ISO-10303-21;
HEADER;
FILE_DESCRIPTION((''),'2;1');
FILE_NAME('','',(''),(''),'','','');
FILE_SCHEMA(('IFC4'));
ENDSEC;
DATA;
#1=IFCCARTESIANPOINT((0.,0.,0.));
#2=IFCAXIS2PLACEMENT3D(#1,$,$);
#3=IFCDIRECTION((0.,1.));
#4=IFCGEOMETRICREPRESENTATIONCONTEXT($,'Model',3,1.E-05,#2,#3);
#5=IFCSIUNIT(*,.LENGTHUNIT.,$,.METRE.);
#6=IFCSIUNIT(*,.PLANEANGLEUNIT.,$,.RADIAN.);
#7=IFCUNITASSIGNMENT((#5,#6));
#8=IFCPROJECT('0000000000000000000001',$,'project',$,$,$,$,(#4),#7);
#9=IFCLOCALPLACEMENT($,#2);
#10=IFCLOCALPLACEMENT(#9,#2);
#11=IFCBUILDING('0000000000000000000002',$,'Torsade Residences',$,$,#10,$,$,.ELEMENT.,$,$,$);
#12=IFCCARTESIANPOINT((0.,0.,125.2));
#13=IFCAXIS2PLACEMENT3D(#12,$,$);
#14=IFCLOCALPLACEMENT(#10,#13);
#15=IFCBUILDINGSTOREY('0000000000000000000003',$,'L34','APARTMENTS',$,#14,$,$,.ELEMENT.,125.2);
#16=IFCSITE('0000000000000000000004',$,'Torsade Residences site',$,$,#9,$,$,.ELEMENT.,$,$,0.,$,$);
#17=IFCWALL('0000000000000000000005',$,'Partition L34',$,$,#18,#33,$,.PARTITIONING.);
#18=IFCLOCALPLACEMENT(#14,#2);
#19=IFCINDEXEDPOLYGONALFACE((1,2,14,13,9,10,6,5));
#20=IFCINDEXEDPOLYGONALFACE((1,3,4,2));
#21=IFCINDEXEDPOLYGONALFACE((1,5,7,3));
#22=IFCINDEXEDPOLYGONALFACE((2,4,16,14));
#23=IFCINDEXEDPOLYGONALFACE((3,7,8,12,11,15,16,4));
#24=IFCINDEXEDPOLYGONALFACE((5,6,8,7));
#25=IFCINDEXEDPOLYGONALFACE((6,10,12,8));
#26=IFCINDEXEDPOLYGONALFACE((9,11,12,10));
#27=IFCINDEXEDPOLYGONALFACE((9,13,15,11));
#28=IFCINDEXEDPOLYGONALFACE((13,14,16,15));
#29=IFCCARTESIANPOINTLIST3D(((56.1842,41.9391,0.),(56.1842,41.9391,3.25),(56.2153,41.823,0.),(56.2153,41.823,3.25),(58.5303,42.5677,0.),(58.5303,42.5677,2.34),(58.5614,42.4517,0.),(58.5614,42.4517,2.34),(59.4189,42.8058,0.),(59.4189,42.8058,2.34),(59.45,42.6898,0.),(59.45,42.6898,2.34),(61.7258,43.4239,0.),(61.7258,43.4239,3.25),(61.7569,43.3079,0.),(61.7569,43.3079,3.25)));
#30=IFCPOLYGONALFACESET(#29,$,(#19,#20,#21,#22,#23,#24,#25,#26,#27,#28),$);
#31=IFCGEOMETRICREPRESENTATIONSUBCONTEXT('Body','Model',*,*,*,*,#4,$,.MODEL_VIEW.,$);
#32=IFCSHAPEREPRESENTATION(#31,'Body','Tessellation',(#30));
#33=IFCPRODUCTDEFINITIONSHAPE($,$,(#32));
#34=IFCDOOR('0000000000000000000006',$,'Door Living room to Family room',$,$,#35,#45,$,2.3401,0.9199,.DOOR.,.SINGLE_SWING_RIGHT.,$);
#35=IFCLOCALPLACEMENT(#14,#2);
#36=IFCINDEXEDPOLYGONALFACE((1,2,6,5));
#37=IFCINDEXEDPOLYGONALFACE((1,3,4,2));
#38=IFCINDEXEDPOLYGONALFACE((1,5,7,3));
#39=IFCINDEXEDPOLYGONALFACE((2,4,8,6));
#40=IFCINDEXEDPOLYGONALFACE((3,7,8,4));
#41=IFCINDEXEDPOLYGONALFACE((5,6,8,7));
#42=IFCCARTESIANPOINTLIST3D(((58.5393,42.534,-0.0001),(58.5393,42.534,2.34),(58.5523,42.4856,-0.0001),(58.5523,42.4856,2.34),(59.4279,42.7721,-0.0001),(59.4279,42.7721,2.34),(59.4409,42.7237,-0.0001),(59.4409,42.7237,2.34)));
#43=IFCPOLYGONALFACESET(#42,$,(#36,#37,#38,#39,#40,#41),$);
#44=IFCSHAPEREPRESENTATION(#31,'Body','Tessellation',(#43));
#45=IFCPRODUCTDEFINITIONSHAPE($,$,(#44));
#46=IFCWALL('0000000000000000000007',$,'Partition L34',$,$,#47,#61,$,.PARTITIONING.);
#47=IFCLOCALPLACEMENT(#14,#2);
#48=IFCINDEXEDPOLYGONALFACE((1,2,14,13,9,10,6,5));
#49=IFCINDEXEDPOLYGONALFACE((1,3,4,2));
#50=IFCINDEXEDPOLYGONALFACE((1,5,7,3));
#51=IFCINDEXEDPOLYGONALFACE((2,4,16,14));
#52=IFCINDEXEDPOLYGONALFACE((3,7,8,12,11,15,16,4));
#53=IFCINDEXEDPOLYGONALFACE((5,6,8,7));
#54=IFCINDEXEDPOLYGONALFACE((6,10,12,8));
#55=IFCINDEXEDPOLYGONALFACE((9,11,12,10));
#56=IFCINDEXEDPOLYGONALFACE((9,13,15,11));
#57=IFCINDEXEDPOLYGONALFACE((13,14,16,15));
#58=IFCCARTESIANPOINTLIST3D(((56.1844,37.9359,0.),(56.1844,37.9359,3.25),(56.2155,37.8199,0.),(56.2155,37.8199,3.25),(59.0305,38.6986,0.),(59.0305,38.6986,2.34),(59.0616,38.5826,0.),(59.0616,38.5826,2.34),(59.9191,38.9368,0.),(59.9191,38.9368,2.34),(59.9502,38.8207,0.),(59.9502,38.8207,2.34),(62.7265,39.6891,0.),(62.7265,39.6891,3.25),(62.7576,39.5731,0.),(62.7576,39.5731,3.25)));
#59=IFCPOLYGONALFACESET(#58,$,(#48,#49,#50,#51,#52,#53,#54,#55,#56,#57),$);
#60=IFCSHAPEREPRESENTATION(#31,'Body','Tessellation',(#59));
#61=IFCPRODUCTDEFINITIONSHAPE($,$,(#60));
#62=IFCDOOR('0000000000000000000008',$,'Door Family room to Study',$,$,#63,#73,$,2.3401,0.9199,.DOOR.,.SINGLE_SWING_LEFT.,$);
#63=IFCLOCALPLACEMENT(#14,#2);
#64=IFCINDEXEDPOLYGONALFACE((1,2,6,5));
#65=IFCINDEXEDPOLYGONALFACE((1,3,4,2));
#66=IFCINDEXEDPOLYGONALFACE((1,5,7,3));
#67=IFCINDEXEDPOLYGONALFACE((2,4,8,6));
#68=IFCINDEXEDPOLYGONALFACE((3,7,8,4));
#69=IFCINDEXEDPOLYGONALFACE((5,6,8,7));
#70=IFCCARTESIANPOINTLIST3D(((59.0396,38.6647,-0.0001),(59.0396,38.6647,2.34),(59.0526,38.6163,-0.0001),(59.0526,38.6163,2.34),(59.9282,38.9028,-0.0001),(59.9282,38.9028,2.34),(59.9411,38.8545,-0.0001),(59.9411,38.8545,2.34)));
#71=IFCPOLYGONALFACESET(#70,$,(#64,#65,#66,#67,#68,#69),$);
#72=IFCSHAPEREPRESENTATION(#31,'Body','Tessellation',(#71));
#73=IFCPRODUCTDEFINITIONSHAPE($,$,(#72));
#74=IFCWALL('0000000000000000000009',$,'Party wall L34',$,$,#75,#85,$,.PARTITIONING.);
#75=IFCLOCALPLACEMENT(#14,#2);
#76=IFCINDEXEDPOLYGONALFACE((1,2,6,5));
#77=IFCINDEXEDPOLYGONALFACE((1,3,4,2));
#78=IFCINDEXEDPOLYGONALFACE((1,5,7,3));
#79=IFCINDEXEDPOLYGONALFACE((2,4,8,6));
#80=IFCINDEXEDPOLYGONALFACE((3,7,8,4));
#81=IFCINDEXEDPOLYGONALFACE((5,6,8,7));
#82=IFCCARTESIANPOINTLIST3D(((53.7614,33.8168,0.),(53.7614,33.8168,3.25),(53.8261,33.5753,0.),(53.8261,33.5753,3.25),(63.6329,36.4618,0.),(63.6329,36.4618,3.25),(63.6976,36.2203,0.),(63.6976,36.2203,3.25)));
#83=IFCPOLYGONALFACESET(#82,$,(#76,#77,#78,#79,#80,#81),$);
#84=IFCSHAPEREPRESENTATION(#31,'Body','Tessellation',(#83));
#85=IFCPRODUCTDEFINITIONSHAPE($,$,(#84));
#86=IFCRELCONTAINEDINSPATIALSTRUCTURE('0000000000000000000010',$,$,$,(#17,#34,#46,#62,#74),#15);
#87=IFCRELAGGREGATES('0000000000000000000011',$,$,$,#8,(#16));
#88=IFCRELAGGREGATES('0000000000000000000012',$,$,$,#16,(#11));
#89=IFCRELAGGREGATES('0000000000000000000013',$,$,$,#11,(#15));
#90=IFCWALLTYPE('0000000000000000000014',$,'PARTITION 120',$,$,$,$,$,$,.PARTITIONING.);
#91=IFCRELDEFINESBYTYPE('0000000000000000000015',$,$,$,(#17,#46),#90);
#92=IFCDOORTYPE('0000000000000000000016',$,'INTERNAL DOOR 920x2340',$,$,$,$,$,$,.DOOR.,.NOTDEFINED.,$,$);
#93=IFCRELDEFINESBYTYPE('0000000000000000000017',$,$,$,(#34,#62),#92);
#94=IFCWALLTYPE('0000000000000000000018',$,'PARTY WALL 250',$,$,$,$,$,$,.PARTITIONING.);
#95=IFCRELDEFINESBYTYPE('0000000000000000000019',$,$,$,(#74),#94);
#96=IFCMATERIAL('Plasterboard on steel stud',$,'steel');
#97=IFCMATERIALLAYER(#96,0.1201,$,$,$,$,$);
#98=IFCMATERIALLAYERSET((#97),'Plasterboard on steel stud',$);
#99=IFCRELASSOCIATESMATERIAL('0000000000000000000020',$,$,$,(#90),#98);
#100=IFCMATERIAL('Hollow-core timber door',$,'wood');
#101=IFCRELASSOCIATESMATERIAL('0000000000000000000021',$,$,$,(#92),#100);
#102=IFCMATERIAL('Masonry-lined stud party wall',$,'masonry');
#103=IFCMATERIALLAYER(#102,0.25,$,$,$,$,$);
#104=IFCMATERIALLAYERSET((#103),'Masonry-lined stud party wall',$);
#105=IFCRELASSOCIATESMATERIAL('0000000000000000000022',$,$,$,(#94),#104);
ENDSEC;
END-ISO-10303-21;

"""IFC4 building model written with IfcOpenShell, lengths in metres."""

from ifc_helpers import new_model, si_unit, direction, frame, frame_2d, origin, place, context, subcontext, project, spatial, rectangle, extrude, material, layer, layer_set, type_object, element, fill, save


model = new_model("IFC4")

# Units and contexts
model_context = context("Model", 3, precision=1e-05, world=origin(), true_north=direction((0.0, 1.0)))
body_context = subcontext(model_context, "Body", "Model", "MODEL_VIEW")
ifc_project = project(units=[si_unit("LENGTHUNIT", "METRE"), si_unit("PLANEANGLEUNIT", "RADIAN")], contexts=[model_context])

# Site, building, storey
site_placement = place(None, origin())
site = spatial("IfcSite", under=ifc_project, at=site_placement, Name="Torsade Residences site", CompositionType="ELEMENT", RefElevation=0.0)
building_placement = place(site_placement, origin())
building = spatial("IfcBuilding", under=site, at=building_placement, Name="Torsade Residences", CompositionType="ELEMENT")
storey_placement = place(building_placement, frame((0.0, 0.0, 125.2)))
storey = spatial("IfcBuildingStorey", under=building, at=storey_placement, Name="L34", Description="APARTMENTS", CompositionType="ELEMENT", Elevation=125.2)

# Walls, openings, doors
ifc_material_1 = material(Name="Plasterboard on steel stud", Category="steel")
ifc_layer_1 = layer(ifc_material_1, 0.1201)
ifc_layer_set_1 = layer_set([ifc_layer_1], Name="Plasterboard on steel stud")
wall_type_1 = type_object("IfcWallType", Name="PARTITION 120", PredefinedType="PARTITIONING", material=ifc_layer_set_1)
wall_1_placement = place(storey_placement, frame((61.7415, 43.366, 0.0), z_axis=(0.0, 0.0, 1.0), x_axis=(-0.965925, -0.258823, 0.0)))
wall_1 = element("IfcWall", 1, at=wall_1_placement, inside=storey, type_object=wall_type_1, Name="Partition L34", PredefinedType="PARTITIONING", context=body_context, shape_type="SweptSolid", body=[
    extrude(rectangle(XDim=5.7371, YDim=0.1201, at=frame_2d((2.8687, 0.0))), origin(), (0.0, 0.0, 1.0), 3.25),
])
opening_1_placement = place(wall_1_placement, frame((2.3884, 0.0, 0.0)))
opening_1 = element("IfcOpeningElement", 2, at=opening_1_placement, cuts=wall_1, PredefinedType="OPENING", context=body_context, shape_type="SweptSolid", body=[
    extrude(rectangle(XDim=0.9199, YDim=2.3401, at=frame_2d((0.46, 1.1699))), frame((0.0, 0.0701, 0.0), z_axis=(0.0, -1.0, 0.0), x_axis=(1.0, 0.0, 0.0)), (0.0, 0.0, 1.0), 0.1401),
])
ifc_material_2 = material(Name="Hollow-core timber door", Category="wood")
door_type_1 = type_object("IfcDoorType", Name="INTERNAL DOOR 920x2340", OperationType="NOTDEFINED", PredefinedType="DOOR", material=ifc_material_2)
door_1_placement = place(opening_1_placement, origin())
door_1 = element("IfcDoor", 3, at=door_1_placement, inside=storey, type_object=door_type_1, Name="Door Living room to Family room", OperationType="SINGLE_SWING_RIGHT", OverallHeight=2.3401, OverallWidth=0.9199, PredefinedType="DOOR", context=body_context, shape_type="SweptSolid", body=[
    extrude(rectangle(XDim=0.9199, YDim=2.3401, at=frame_2d((0.46, 1.1699))), frame((0.0, 0.0249, 0.0), z_axis=(0.0, -1.0, 0.0), x_axis=(1.0, 0.0, 0.0)), (0.0, 0.0, 1.0), 0.05),
])
fill(opening_1, door_1)
wall_2_placement = place(storey_placement, frame((56.2, 37.8779, 0.0), z_axis=(0.0, 0.0, 1.0), x_axis=(0.965919, 0.258845, 0.0)))
wall_2 = element("IfcWall", 4, at=wall_2_placement, inside=storey, type_object=wall_type_1, Name="Partition L34", PredefinedType="PARTITIONING", context=body_context, shape_type="SweptSolid", body=[
    extrude(rectangle(XDim=6.7729, YDim=0.1201, at=frame_2d((3.3865, 0.0))), origin(), (0.0, 0.0, 1.0), 3.25),
])
opening_2_placement = place(wall_2_placement, frame((2.9465, 0.0, 0.0)))
opening_2 = element("IfcOpeningElement", 5, at=opening_2_placement, cuts=wall_2, PredefinedType="OPENING", context=body_context, shape_type="SweptSolid", body=[
    extrude(rectangle(XDim=0.9199, YDim=2.3401, at=frame_2d((0.46, 1.1699))), frame((0.0, 0.0701, 0.0), z_axis=(0.0, -1.0, 0.0), x_axis=(1.0, 0.0, 0.0)), (0.0, 0.0, 1.0), 0.1401),
])
door_2_placement = place(opening_2_placement, origin())
door_2 = element("IfcDoor", 6, at=door_2_placement, inside=storey, type_object=door_type_1, Name="Door Family room to Study", OperationType="SINGLE_SWING_LEFT", OverallHeight=2.3401, OverallWidth=0.9199, PredefinedType="DOOR", context=body_context, shape_type="SweptSolid", body=[
    extrude(rectangle(XDim=0.9199, YDim=2.3401, at=frame_2d((0.46, 1.1699))), frame((0.0, 0.0249, 0.0), z_axis=(0.0, -1.0, 0.0), x_axis=(1.0, 0.0, 0.0)), (0.0, 0.0, 1.0), 0.05),
])
fill(opening_2, door_2)

# Wall
ifc_material_3 = material(Name="Masonry-lined stud party wall", Category="masonry")
ifc_layer_2 = layer(ifc_material_3, 0.25)
ifc_layer_set_2 = layer_set([ifc_layer_2], Name="Masonry-lined stud party wall")
wall_type_2 = type_object("IfcWallType", Name="PARTY WALL 250", PredefinedType="PARTITIONING", material=ifc_layer_set_2)
wall_3_placement = place(storey_placement, frame((63.6653, 36.3411, 0.0), z_axis=(0.0, 0.0, 1.0), x_axis=(-0.965927, -0.258813, 0.0)))
element("IfcWall", 7, at=wall_3_placement, inside=storey, type_object=wall_type_2, Name="Party wall L34", PredefinedType="PARTITIONING", context=body_context, shape_type="SweptSolid", body=[
    extrude(rectangle(XDim=10.2197, YDim=0.25, at=frame_2d((5.1099, 0.0))), origin(), (0.0, 0.0, 1.0), 3.25),
])

save(model, "model.ifc")
